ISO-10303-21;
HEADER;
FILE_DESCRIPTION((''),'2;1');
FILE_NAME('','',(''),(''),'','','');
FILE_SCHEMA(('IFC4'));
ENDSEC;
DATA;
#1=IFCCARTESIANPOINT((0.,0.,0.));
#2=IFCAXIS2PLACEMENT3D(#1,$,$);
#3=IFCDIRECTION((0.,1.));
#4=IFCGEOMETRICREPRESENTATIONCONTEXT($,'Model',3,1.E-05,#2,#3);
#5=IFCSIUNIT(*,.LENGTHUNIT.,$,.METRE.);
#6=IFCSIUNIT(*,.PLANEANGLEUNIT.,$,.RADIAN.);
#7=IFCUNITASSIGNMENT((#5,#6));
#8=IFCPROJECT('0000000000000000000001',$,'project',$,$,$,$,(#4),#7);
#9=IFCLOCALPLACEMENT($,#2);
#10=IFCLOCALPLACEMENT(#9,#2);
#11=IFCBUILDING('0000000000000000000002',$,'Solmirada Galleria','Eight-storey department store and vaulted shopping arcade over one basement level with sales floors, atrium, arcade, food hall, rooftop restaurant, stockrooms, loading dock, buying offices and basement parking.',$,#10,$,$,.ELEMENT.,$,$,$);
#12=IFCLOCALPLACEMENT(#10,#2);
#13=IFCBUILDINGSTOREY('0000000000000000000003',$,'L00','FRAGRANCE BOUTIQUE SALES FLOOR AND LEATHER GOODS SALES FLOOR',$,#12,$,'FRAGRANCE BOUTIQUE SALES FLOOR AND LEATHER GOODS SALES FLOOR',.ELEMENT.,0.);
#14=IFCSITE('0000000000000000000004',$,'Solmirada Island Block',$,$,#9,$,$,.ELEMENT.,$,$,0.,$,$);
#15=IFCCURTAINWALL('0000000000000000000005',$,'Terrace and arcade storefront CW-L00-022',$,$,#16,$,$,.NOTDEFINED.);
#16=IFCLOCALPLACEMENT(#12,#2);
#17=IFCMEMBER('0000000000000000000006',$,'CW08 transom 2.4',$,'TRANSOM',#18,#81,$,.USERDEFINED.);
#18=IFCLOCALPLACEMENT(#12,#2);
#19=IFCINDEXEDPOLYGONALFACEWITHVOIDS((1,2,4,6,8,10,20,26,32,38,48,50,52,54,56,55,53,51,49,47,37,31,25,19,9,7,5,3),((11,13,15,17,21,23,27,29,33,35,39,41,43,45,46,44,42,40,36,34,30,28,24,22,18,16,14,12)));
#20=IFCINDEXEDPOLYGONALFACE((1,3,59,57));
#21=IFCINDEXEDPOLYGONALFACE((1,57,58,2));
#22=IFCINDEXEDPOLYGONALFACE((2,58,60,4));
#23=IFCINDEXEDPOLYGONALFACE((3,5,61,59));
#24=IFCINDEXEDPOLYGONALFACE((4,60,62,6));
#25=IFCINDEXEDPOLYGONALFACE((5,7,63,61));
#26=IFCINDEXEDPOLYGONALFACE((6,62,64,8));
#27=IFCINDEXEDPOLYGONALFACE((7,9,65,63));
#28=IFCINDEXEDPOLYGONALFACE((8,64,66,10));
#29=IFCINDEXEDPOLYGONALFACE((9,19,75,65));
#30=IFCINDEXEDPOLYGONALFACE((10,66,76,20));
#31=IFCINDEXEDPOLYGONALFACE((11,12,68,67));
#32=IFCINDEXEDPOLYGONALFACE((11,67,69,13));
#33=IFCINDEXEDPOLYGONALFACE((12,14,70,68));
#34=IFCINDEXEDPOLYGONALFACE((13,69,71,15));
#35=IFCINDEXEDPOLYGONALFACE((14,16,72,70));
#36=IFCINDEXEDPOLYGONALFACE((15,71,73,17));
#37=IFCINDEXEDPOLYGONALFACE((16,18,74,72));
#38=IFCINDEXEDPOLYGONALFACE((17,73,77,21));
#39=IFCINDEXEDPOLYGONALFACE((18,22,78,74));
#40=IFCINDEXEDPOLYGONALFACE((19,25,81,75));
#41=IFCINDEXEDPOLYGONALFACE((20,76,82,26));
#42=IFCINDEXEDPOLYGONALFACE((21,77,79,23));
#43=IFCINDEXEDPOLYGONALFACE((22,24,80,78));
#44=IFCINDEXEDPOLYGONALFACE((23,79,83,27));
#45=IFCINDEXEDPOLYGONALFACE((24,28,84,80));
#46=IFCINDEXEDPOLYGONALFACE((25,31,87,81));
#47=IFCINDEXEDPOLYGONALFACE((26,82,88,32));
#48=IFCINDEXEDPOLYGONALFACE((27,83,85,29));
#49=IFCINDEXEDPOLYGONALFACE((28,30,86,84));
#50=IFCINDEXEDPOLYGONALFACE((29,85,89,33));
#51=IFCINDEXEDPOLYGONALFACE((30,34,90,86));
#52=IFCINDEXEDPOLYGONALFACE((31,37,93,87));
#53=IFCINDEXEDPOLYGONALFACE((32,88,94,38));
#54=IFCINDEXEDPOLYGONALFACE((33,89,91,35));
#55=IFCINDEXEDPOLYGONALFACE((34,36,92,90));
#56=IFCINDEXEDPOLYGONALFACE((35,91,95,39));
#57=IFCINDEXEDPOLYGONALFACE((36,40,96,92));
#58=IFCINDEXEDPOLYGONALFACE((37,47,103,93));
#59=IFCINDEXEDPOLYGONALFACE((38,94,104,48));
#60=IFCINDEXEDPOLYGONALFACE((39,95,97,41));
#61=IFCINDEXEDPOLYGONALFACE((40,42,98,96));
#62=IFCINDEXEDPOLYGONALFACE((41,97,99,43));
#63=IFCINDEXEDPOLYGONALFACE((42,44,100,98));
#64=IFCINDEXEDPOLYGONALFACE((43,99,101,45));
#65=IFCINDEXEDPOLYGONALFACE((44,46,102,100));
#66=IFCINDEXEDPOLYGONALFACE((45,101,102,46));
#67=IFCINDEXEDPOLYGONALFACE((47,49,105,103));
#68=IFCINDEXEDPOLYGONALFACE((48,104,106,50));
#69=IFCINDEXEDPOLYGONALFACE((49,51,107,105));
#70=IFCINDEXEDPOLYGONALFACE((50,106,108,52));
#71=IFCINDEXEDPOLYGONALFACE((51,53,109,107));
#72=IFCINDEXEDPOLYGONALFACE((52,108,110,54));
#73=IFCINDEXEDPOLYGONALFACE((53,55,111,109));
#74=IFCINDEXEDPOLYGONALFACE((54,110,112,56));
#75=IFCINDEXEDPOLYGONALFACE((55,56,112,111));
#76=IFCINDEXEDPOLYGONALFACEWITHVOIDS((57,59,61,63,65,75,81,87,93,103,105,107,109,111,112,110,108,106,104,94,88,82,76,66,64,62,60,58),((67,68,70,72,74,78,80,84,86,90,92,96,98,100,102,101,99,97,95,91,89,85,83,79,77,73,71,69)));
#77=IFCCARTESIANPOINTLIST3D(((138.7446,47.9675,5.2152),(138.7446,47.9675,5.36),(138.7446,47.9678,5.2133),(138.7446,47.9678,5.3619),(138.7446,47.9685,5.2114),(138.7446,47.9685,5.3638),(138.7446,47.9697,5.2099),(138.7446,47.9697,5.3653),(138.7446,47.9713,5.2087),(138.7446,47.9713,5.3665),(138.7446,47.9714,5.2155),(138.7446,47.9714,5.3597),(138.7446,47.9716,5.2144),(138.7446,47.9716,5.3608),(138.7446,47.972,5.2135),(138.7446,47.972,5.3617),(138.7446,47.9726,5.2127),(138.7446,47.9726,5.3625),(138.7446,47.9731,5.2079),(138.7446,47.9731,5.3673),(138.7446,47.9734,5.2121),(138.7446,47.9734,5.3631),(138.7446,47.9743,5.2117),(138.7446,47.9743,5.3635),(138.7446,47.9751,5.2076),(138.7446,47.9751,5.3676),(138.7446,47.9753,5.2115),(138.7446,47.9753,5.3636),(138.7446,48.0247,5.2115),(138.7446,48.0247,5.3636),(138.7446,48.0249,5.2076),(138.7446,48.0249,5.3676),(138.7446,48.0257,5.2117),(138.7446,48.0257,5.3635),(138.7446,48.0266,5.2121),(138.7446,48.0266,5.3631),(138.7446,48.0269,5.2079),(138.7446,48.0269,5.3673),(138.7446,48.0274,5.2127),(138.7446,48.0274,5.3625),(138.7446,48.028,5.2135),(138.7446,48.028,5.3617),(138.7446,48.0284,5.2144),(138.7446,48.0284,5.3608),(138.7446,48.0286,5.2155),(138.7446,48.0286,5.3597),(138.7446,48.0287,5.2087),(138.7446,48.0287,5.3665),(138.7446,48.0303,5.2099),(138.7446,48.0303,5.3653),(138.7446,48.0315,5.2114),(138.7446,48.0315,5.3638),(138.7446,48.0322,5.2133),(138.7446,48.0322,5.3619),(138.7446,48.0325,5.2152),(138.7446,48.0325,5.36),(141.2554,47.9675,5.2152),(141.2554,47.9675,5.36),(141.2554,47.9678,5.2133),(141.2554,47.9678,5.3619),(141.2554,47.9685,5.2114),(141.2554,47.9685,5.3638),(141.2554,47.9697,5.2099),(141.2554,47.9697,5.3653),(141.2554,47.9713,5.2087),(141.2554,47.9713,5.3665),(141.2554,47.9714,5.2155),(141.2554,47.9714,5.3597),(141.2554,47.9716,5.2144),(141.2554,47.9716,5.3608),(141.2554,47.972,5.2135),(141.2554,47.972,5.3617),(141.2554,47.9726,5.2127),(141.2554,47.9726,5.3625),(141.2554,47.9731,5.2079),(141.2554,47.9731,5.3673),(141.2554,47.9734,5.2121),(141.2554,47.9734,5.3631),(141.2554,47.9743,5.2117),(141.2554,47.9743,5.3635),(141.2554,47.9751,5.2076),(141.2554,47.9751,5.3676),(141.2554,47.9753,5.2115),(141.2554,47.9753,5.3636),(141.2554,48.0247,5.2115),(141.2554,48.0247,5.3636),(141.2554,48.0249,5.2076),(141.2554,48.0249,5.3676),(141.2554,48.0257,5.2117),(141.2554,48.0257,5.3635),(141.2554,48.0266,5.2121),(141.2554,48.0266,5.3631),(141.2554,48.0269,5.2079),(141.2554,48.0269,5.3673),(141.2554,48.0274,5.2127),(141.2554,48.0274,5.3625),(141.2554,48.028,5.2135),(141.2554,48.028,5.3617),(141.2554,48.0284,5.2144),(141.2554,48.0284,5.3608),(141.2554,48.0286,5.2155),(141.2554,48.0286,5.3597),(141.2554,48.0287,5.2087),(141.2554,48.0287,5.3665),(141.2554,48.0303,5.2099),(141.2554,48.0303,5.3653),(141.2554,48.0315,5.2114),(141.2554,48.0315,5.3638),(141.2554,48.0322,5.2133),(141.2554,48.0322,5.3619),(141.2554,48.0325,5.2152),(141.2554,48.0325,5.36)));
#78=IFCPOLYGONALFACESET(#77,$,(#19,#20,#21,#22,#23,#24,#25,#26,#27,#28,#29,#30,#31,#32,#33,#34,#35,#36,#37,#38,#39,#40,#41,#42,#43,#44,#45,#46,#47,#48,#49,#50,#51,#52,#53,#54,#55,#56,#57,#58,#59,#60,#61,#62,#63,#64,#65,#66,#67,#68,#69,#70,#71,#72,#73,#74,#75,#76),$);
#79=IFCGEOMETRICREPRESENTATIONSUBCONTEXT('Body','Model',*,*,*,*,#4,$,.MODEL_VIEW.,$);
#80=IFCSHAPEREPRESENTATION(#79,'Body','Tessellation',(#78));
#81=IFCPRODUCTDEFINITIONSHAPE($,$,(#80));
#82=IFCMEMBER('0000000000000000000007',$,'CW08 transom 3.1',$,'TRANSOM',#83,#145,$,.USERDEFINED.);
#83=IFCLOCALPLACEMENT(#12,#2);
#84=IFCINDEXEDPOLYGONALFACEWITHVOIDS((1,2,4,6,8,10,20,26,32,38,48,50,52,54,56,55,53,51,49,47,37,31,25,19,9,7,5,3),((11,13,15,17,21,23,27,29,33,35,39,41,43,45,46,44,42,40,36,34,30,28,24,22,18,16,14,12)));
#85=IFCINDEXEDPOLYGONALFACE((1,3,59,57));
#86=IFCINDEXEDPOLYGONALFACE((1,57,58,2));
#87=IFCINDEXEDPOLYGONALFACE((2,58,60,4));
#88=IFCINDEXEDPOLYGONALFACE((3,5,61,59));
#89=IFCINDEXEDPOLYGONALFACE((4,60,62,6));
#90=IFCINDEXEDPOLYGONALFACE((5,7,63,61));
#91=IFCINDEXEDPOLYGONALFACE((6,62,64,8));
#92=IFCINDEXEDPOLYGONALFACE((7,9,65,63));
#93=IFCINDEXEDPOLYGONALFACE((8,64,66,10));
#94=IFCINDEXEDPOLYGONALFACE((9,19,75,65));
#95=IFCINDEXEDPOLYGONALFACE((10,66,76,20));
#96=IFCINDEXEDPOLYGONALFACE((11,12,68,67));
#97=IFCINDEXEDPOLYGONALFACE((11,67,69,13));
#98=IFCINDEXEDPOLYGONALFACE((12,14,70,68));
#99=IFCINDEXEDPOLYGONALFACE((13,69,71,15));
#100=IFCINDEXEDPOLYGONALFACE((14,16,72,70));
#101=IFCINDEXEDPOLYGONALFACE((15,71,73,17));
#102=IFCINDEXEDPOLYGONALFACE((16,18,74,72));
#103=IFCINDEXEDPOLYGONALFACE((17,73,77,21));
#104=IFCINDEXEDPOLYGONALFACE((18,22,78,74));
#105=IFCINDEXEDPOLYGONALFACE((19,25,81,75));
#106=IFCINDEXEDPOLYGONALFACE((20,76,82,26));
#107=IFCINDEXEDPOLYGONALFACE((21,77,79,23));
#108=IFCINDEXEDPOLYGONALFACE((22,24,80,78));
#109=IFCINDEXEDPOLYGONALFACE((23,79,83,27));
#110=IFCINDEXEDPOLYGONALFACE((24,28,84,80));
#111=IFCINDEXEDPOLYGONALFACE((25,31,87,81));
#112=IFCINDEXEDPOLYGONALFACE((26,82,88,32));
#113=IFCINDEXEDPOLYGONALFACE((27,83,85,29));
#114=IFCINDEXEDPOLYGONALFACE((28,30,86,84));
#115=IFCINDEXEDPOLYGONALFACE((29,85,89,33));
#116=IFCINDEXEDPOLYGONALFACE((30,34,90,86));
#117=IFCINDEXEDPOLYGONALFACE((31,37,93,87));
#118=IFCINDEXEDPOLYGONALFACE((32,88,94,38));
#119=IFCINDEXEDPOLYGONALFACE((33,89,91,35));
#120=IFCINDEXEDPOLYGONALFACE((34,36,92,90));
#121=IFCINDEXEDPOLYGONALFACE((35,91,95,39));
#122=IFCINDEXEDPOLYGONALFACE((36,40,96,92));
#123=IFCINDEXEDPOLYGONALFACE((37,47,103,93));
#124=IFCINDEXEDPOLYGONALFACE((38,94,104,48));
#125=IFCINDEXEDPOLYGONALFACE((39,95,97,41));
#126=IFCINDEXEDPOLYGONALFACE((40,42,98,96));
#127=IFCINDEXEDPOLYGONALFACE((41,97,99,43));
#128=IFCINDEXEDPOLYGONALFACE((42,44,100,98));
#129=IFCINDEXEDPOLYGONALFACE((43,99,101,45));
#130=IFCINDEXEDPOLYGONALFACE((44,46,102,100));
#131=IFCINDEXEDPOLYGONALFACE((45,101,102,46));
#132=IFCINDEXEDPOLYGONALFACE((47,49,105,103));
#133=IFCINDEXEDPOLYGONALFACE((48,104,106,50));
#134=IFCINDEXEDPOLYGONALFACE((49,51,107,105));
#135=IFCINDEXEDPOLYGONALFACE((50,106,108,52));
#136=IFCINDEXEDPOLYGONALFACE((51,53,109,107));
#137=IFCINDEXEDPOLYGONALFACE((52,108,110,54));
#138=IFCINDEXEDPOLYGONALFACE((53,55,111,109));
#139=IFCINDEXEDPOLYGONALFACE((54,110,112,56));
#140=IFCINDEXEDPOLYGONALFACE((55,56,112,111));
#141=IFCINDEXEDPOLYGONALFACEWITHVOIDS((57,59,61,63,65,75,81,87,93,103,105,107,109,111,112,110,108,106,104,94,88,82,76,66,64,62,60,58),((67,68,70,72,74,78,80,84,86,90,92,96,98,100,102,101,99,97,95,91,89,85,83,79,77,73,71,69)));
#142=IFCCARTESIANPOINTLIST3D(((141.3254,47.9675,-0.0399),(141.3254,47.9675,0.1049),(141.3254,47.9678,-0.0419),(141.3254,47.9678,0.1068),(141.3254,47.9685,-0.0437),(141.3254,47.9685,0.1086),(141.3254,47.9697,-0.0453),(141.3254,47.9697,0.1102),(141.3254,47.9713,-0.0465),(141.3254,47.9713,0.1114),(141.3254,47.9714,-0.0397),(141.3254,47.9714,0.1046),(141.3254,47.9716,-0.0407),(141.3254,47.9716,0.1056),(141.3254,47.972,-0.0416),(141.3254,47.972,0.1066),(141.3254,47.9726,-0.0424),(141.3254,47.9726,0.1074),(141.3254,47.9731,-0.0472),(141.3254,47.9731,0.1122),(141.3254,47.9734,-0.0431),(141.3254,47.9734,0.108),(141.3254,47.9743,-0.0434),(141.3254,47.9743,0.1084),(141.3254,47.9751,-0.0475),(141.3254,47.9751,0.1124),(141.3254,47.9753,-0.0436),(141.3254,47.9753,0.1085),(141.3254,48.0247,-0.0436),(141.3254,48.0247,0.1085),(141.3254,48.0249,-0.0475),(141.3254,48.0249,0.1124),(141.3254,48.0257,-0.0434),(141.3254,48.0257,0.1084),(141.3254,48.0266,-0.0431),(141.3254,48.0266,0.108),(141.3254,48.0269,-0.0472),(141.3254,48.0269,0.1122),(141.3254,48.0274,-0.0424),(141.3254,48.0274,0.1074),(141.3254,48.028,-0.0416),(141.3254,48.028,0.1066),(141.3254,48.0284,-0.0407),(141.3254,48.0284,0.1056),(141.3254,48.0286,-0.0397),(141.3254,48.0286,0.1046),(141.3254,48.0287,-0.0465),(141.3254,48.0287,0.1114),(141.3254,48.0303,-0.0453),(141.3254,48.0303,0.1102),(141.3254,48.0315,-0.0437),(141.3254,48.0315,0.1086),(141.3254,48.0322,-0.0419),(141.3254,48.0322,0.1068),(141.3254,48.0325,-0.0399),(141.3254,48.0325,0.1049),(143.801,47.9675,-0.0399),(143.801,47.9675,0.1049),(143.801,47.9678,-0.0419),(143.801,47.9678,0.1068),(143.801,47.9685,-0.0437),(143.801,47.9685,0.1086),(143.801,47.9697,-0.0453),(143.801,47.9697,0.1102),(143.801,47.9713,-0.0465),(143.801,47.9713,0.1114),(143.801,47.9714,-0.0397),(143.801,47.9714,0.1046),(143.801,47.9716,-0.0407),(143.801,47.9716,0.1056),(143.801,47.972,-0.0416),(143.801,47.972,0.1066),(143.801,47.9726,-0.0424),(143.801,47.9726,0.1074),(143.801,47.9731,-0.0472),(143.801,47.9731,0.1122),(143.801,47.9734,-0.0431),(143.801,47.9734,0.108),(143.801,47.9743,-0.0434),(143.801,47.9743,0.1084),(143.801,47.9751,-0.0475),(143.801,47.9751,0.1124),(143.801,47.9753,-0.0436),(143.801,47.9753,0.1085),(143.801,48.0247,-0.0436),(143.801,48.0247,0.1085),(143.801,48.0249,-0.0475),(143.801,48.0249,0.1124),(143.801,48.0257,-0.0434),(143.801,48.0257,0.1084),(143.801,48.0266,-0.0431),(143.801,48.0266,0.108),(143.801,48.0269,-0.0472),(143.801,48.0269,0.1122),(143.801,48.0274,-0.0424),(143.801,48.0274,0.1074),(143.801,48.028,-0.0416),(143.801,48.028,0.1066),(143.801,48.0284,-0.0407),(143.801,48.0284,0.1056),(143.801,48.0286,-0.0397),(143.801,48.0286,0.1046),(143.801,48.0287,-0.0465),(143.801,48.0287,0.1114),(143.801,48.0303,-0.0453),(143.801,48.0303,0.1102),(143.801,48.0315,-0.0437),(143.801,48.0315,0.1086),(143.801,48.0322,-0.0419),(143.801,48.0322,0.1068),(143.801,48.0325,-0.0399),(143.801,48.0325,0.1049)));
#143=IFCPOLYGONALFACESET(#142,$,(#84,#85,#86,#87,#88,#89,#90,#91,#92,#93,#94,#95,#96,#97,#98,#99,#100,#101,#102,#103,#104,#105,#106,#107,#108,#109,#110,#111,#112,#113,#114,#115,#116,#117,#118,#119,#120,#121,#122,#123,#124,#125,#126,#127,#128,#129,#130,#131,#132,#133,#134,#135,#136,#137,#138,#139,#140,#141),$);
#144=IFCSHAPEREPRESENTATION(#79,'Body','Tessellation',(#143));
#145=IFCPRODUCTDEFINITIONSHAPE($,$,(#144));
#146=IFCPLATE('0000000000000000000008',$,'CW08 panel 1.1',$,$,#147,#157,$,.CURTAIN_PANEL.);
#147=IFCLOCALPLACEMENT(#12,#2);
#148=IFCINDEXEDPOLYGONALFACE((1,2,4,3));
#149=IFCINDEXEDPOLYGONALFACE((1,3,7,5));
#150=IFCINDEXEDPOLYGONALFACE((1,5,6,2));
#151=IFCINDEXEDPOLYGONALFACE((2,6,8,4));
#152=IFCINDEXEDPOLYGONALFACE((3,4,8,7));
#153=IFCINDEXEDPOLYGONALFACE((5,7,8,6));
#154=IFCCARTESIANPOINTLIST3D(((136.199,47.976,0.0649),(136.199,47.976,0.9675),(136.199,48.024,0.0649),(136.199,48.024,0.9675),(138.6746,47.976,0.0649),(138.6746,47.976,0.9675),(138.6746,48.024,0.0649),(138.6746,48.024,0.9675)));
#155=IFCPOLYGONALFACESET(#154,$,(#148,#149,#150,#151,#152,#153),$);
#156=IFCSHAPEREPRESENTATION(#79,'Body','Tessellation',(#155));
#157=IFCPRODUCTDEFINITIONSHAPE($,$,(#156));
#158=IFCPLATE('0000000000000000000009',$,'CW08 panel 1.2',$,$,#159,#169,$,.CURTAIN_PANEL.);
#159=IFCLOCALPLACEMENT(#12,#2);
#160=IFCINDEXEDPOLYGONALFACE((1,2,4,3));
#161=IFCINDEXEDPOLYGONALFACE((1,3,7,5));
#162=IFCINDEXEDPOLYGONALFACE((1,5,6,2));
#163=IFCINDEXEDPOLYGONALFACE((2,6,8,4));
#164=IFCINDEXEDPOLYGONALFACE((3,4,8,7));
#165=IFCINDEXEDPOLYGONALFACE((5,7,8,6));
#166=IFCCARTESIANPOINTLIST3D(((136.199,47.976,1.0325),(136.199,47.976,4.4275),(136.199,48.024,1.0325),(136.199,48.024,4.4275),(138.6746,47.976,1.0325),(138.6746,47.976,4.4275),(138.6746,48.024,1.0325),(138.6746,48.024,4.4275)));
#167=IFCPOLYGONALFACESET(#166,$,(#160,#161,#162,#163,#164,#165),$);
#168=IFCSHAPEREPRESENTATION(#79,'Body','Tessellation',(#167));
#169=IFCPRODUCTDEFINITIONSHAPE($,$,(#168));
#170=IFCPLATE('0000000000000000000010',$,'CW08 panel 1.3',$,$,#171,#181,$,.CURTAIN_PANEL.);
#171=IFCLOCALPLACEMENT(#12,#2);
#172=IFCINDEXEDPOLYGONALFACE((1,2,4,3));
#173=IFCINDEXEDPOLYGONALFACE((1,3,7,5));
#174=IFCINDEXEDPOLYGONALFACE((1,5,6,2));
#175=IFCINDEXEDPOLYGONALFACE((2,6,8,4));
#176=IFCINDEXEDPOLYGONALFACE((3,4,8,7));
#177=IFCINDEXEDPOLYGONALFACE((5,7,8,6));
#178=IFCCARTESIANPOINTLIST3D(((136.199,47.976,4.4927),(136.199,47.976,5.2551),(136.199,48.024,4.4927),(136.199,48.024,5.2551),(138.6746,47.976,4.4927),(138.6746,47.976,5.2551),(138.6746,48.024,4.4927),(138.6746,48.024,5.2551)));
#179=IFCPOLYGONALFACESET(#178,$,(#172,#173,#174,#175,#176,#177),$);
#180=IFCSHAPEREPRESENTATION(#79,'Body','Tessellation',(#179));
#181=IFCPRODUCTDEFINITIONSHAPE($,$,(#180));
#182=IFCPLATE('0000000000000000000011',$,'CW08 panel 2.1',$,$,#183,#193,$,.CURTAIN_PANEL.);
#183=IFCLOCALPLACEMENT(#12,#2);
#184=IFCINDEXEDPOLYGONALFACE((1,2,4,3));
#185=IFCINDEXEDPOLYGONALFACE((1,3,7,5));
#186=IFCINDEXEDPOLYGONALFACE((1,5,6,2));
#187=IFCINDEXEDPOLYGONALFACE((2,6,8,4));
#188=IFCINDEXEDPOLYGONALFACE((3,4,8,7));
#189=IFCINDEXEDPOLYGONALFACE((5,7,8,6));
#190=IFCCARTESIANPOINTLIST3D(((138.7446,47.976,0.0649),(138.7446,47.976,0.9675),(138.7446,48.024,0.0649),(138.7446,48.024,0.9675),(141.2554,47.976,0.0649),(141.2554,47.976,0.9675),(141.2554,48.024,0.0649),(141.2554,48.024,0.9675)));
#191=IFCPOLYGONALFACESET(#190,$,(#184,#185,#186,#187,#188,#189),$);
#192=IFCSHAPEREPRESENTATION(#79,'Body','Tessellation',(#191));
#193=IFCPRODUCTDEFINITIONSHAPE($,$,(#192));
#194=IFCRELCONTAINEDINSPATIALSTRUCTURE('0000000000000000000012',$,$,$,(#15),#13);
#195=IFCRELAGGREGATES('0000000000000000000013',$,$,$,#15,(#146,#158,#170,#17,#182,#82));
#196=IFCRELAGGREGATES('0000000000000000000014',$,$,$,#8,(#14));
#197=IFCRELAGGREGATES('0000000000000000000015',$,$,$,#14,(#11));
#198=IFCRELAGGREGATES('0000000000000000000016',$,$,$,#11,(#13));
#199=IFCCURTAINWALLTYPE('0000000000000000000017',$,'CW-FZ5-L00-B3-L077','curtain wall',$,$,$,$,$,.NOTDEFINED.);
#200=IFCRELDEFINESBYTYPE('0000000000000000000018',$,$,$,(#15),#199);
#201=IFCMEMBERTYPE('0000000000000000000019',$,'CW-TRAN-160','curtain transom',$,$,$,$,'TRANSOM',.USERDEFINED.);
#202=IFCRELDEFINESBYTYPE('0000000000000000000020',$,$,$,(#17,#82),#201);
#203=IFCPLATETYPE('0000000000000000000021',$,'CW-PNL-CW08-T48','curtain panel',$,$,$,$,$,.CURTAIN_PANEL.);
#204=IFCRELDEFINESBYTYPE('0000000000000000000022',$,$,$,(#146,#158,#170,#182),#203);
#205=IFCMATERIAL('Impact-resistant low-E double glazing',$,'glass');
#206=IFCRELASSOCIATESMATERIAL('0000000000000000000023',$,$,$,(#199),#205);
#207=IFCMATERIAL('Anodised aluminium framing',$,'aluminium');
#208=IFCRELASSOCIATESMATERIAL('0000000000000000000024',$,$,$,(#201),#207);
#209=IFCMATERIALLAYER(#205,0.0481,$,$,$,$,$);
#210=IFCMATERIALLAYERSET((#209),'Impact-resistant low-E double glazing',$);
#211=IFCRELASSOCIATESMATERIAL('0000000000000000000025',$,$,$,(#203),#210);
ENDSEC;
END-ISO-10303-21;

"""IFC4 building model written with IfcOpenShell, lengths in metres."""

from ifc_helpers import new_model, si_unit, direction, frame, origin, origin_2d, place, context, subcontext, project, spatial, rectangle, hollow_rectangle, extrude, material, layer, layer_set, material_profile, profile_set, type_object, element, aggregate, save


model = new_model("IFC4")

# Units and contexts
model_context = context("Model", 3, precision=1e-05, world=origin(), true_north=direction((0.0, 1.0)))
body_context = subcontext(model_context, "Body", "Model", "MODEL_VIEW")
ifc_project = project(units=[si_unit("LENGTHUNIT", "METRE"), si_unit("PLANEANGLEUNIT", "RADIAN")], contexts=[model_context])

# Site, building, storey
site_placement = place(None, origin())
site = spatial("IfcSite", under=ifc_project, at=site_placement, Name="Solmirada Island Block", CompositionType="ELEMENT", RefElevation=0.0)
building_placement = place(site_placement, origin())
building = spatial("IfcBuilding", under=site, at=building_placement, Name="Solmirada Galleria", Description="Eight-storey department store and vaulted shopping arcade over one basement level with sales floors, atrium, arcade, food hall, rooftop restaurant, stockrooms, loading dock, buying offices and basement parking.", CompositionType="ELEMENT")
storey_placement = place(building_placement, origin())
storey = spatial("IfcBuildingStorey", under=building, at=storey_placement, Name="L00", Description="FRAGRANCE BOUTIQUE SALES FLOOR AND LEATHER GOODS SALES FLOOR", LongName="FRAGRANCE BOUTIQUE SALES FLOOR AND LEATHER GOODS SALES FLOOR", CompositionType="ELEMENT", Elevation=0.0)

# Curtain wall, members, plates
ifc_material_1 = material(Name="Impact-resistant low-E double glazing", Category="glass")
curtain_wall_type = type_object("IfcCurtainWallType", Name="CW-FZ5-L00-B3-L077", Description="curtain wall", PredefinedType="NOTDEFINED", material=ifc_material_1)
curtain_wall_placement = place(storey_placement, origin())
curtain_wall = element("IfcCurtainWall", 1, at=curtain_wall_placement, inside=storey, type_object=curtain_wall_type, Name="Terrace and arcade storefront CW-L00-022", PredefinedType="NOTDEFINED")
ifc_material_2 = material(Name="Anodised aluminium framing", Category="aluminium")
ifc_material_profile_1 = material_profile(ifc_material_2, hollow_rectangle(XDim=0.0649, YDim=0.1599, WallThickness=0.0039, InnerFilletRadius=0.0039, OuterFilletRadius=0.0076, at=origin_2d()), Name="ALU-TRAN-160X65")
ifc_profile_set_1 = profile_set([ifc_material_profile_1], Name="Anodised aluminium framing")
member_type_1 = type_object("IfcMemberType", Name="CW-TRAN-160", Description="curtain transom", ElementType="TRANSOM", PredefinedType="USERDEFINED", material=ifc_profile_set_1)
member_1_placement = place(storey_placement, frame((138.7446, 48.0, 5.2876), z_axis=(1.0, 0.0, 0.0), x_axis=(0.0, 1.0, 0.0)))
member_1 = element("IfcMember", 2, at=member_1_placement, type_object=member_type_1, Name="CW08 transom 2.4", ObjectType="TRANSOM", PredefinedType="USERDEFINED", context=body_context, shape_type="SweptSolid", body=[
    extrude(hollow_rectangle(XDim=0.0649, YDim=0.1599, WallThickness=0.0039, InnerFilletRadius=0.0039, OuterFilletRadius=0.0076, at=origin_2d()), origin(), (0.0, 0.0, 1.0), 2.5107),
])
member_2_placement = place(storey_placement, frame((141.3254, 48.0, 0.0325), z_axis=(1.0, 0.0, 0.0), x_axis=(0.0, 1.0, 0.0)))
member_2 = element("IfcMember", 3, at=member_2_placement, type_object=member_type_1, Name="CW08 transom 3.1", ObjectType="TRANSOM", PredefinedType="USERDEFINED", context=body_context, shape_type="SweptSolid", body=[
    extrude(hollow_rectangle(XDim=0.0649, YDim=0.1599, WallThickness=0.0039, InnerFilletRadius=0.0039, OuterFilletRadius=0.0076, at=origin_2d()), origin(), (0.0, 0.0, 1.0), 2.4756),
])
ifc_layer = layer(ifc_material_1, 0.0481)
ifc_layer_set = layer_set([ifc_layer], Name="Impact-resistant low-E double glazing")
plate_type = type_object("IfcPlateType", Name="CW-PNL-CW08-T48", Description="curtain panel", PredefinedType="CURTAIN_PANEL", material=ifc_layer_set)
plate_1_placement = place(storey_placement, frame((137.4368, 48.0, 0.0649), z_axis=(0.0, 0.0, 1.0), x_axis=(1.0, 0.0, 0.0)))
plate_1 = element("IfcPlate", 4, at=plate_1_placement, type_object=plate_type, Name="CW08 panel 1.1", PredefinedType="CURTAIN_PANEL", context=body_context, shape_type="SweptSolid", body=[
    extrude(rectangle(XDim=2.4756, YDim=0.0481, at=origin_2d()), origin(), (0.0, 0.0, 1.0), 0.9026),
])
plate_2_placement = place(storey_placement, frame((137.4368, 48.0, 1.0325), z_axis=(0.0, 0.0, 1.0), x_axis=(1.0, 0.0, 0.0)))
plate_2 = element("IfcPlate", 5, at=plate_2_placement, type_object=plate_type, Name="CW08 panel 1.2", PredefinedType="CURTAIN_PANEL", context=body_context, shape_type="SweptSolid", body=[
    extrude(rectangle(XDim=2.4756, YDim=0.0481, at=origin_2d()), origin(), (0.0, 0.0, 1.0), 3.395),
])
plate_3_placement = place(storey_placement, frame((137.4368, 48.0, 4.4927), z_axis=(0.0, 0.0, 1.0), x_axis=(1.0, 0.0, 0.0)))
plate_3 = element("IfcPlate", 6, at=plate_3_placement, type_object=plate_type, Name="CW08 panel 1.3", PredefinedType="CURTAIN_PANEL", context=body_context, shape_type="SweptSolid", body=[
    extrude(rectangle(XDim=2.4756, YDim=0.0481, at=origin_2d()), origin(), (0.0, 0.0, 1.0), 0.7625),
])
plate_4_placement = place(storey_placement, frame((140.0, 48.0, 0.0649), z_axis=(0.0, 0.0, 1.0), x_axis=(1.0, 0.0, 0.0)))
plate_4 = element("IfcPlate", 7, at=plate_4_placement, type_object=plate_type, Name="CW08 panel 2.1", PredefinedType="CURTAIN_PANEL", context=body_context, shape_type="SweptSolid", body=[
    extrude(rectangle(XDim=2.5107, YDim=0.0481, at=origin_2d()), origin(), (0.0, 0.0, 1.0), 0.9026),
])
aggregate(curtain_wall, [plate_1, plate_2, plate_3, member_1, plate_4, member_2])

save(model, "model.ifc")
